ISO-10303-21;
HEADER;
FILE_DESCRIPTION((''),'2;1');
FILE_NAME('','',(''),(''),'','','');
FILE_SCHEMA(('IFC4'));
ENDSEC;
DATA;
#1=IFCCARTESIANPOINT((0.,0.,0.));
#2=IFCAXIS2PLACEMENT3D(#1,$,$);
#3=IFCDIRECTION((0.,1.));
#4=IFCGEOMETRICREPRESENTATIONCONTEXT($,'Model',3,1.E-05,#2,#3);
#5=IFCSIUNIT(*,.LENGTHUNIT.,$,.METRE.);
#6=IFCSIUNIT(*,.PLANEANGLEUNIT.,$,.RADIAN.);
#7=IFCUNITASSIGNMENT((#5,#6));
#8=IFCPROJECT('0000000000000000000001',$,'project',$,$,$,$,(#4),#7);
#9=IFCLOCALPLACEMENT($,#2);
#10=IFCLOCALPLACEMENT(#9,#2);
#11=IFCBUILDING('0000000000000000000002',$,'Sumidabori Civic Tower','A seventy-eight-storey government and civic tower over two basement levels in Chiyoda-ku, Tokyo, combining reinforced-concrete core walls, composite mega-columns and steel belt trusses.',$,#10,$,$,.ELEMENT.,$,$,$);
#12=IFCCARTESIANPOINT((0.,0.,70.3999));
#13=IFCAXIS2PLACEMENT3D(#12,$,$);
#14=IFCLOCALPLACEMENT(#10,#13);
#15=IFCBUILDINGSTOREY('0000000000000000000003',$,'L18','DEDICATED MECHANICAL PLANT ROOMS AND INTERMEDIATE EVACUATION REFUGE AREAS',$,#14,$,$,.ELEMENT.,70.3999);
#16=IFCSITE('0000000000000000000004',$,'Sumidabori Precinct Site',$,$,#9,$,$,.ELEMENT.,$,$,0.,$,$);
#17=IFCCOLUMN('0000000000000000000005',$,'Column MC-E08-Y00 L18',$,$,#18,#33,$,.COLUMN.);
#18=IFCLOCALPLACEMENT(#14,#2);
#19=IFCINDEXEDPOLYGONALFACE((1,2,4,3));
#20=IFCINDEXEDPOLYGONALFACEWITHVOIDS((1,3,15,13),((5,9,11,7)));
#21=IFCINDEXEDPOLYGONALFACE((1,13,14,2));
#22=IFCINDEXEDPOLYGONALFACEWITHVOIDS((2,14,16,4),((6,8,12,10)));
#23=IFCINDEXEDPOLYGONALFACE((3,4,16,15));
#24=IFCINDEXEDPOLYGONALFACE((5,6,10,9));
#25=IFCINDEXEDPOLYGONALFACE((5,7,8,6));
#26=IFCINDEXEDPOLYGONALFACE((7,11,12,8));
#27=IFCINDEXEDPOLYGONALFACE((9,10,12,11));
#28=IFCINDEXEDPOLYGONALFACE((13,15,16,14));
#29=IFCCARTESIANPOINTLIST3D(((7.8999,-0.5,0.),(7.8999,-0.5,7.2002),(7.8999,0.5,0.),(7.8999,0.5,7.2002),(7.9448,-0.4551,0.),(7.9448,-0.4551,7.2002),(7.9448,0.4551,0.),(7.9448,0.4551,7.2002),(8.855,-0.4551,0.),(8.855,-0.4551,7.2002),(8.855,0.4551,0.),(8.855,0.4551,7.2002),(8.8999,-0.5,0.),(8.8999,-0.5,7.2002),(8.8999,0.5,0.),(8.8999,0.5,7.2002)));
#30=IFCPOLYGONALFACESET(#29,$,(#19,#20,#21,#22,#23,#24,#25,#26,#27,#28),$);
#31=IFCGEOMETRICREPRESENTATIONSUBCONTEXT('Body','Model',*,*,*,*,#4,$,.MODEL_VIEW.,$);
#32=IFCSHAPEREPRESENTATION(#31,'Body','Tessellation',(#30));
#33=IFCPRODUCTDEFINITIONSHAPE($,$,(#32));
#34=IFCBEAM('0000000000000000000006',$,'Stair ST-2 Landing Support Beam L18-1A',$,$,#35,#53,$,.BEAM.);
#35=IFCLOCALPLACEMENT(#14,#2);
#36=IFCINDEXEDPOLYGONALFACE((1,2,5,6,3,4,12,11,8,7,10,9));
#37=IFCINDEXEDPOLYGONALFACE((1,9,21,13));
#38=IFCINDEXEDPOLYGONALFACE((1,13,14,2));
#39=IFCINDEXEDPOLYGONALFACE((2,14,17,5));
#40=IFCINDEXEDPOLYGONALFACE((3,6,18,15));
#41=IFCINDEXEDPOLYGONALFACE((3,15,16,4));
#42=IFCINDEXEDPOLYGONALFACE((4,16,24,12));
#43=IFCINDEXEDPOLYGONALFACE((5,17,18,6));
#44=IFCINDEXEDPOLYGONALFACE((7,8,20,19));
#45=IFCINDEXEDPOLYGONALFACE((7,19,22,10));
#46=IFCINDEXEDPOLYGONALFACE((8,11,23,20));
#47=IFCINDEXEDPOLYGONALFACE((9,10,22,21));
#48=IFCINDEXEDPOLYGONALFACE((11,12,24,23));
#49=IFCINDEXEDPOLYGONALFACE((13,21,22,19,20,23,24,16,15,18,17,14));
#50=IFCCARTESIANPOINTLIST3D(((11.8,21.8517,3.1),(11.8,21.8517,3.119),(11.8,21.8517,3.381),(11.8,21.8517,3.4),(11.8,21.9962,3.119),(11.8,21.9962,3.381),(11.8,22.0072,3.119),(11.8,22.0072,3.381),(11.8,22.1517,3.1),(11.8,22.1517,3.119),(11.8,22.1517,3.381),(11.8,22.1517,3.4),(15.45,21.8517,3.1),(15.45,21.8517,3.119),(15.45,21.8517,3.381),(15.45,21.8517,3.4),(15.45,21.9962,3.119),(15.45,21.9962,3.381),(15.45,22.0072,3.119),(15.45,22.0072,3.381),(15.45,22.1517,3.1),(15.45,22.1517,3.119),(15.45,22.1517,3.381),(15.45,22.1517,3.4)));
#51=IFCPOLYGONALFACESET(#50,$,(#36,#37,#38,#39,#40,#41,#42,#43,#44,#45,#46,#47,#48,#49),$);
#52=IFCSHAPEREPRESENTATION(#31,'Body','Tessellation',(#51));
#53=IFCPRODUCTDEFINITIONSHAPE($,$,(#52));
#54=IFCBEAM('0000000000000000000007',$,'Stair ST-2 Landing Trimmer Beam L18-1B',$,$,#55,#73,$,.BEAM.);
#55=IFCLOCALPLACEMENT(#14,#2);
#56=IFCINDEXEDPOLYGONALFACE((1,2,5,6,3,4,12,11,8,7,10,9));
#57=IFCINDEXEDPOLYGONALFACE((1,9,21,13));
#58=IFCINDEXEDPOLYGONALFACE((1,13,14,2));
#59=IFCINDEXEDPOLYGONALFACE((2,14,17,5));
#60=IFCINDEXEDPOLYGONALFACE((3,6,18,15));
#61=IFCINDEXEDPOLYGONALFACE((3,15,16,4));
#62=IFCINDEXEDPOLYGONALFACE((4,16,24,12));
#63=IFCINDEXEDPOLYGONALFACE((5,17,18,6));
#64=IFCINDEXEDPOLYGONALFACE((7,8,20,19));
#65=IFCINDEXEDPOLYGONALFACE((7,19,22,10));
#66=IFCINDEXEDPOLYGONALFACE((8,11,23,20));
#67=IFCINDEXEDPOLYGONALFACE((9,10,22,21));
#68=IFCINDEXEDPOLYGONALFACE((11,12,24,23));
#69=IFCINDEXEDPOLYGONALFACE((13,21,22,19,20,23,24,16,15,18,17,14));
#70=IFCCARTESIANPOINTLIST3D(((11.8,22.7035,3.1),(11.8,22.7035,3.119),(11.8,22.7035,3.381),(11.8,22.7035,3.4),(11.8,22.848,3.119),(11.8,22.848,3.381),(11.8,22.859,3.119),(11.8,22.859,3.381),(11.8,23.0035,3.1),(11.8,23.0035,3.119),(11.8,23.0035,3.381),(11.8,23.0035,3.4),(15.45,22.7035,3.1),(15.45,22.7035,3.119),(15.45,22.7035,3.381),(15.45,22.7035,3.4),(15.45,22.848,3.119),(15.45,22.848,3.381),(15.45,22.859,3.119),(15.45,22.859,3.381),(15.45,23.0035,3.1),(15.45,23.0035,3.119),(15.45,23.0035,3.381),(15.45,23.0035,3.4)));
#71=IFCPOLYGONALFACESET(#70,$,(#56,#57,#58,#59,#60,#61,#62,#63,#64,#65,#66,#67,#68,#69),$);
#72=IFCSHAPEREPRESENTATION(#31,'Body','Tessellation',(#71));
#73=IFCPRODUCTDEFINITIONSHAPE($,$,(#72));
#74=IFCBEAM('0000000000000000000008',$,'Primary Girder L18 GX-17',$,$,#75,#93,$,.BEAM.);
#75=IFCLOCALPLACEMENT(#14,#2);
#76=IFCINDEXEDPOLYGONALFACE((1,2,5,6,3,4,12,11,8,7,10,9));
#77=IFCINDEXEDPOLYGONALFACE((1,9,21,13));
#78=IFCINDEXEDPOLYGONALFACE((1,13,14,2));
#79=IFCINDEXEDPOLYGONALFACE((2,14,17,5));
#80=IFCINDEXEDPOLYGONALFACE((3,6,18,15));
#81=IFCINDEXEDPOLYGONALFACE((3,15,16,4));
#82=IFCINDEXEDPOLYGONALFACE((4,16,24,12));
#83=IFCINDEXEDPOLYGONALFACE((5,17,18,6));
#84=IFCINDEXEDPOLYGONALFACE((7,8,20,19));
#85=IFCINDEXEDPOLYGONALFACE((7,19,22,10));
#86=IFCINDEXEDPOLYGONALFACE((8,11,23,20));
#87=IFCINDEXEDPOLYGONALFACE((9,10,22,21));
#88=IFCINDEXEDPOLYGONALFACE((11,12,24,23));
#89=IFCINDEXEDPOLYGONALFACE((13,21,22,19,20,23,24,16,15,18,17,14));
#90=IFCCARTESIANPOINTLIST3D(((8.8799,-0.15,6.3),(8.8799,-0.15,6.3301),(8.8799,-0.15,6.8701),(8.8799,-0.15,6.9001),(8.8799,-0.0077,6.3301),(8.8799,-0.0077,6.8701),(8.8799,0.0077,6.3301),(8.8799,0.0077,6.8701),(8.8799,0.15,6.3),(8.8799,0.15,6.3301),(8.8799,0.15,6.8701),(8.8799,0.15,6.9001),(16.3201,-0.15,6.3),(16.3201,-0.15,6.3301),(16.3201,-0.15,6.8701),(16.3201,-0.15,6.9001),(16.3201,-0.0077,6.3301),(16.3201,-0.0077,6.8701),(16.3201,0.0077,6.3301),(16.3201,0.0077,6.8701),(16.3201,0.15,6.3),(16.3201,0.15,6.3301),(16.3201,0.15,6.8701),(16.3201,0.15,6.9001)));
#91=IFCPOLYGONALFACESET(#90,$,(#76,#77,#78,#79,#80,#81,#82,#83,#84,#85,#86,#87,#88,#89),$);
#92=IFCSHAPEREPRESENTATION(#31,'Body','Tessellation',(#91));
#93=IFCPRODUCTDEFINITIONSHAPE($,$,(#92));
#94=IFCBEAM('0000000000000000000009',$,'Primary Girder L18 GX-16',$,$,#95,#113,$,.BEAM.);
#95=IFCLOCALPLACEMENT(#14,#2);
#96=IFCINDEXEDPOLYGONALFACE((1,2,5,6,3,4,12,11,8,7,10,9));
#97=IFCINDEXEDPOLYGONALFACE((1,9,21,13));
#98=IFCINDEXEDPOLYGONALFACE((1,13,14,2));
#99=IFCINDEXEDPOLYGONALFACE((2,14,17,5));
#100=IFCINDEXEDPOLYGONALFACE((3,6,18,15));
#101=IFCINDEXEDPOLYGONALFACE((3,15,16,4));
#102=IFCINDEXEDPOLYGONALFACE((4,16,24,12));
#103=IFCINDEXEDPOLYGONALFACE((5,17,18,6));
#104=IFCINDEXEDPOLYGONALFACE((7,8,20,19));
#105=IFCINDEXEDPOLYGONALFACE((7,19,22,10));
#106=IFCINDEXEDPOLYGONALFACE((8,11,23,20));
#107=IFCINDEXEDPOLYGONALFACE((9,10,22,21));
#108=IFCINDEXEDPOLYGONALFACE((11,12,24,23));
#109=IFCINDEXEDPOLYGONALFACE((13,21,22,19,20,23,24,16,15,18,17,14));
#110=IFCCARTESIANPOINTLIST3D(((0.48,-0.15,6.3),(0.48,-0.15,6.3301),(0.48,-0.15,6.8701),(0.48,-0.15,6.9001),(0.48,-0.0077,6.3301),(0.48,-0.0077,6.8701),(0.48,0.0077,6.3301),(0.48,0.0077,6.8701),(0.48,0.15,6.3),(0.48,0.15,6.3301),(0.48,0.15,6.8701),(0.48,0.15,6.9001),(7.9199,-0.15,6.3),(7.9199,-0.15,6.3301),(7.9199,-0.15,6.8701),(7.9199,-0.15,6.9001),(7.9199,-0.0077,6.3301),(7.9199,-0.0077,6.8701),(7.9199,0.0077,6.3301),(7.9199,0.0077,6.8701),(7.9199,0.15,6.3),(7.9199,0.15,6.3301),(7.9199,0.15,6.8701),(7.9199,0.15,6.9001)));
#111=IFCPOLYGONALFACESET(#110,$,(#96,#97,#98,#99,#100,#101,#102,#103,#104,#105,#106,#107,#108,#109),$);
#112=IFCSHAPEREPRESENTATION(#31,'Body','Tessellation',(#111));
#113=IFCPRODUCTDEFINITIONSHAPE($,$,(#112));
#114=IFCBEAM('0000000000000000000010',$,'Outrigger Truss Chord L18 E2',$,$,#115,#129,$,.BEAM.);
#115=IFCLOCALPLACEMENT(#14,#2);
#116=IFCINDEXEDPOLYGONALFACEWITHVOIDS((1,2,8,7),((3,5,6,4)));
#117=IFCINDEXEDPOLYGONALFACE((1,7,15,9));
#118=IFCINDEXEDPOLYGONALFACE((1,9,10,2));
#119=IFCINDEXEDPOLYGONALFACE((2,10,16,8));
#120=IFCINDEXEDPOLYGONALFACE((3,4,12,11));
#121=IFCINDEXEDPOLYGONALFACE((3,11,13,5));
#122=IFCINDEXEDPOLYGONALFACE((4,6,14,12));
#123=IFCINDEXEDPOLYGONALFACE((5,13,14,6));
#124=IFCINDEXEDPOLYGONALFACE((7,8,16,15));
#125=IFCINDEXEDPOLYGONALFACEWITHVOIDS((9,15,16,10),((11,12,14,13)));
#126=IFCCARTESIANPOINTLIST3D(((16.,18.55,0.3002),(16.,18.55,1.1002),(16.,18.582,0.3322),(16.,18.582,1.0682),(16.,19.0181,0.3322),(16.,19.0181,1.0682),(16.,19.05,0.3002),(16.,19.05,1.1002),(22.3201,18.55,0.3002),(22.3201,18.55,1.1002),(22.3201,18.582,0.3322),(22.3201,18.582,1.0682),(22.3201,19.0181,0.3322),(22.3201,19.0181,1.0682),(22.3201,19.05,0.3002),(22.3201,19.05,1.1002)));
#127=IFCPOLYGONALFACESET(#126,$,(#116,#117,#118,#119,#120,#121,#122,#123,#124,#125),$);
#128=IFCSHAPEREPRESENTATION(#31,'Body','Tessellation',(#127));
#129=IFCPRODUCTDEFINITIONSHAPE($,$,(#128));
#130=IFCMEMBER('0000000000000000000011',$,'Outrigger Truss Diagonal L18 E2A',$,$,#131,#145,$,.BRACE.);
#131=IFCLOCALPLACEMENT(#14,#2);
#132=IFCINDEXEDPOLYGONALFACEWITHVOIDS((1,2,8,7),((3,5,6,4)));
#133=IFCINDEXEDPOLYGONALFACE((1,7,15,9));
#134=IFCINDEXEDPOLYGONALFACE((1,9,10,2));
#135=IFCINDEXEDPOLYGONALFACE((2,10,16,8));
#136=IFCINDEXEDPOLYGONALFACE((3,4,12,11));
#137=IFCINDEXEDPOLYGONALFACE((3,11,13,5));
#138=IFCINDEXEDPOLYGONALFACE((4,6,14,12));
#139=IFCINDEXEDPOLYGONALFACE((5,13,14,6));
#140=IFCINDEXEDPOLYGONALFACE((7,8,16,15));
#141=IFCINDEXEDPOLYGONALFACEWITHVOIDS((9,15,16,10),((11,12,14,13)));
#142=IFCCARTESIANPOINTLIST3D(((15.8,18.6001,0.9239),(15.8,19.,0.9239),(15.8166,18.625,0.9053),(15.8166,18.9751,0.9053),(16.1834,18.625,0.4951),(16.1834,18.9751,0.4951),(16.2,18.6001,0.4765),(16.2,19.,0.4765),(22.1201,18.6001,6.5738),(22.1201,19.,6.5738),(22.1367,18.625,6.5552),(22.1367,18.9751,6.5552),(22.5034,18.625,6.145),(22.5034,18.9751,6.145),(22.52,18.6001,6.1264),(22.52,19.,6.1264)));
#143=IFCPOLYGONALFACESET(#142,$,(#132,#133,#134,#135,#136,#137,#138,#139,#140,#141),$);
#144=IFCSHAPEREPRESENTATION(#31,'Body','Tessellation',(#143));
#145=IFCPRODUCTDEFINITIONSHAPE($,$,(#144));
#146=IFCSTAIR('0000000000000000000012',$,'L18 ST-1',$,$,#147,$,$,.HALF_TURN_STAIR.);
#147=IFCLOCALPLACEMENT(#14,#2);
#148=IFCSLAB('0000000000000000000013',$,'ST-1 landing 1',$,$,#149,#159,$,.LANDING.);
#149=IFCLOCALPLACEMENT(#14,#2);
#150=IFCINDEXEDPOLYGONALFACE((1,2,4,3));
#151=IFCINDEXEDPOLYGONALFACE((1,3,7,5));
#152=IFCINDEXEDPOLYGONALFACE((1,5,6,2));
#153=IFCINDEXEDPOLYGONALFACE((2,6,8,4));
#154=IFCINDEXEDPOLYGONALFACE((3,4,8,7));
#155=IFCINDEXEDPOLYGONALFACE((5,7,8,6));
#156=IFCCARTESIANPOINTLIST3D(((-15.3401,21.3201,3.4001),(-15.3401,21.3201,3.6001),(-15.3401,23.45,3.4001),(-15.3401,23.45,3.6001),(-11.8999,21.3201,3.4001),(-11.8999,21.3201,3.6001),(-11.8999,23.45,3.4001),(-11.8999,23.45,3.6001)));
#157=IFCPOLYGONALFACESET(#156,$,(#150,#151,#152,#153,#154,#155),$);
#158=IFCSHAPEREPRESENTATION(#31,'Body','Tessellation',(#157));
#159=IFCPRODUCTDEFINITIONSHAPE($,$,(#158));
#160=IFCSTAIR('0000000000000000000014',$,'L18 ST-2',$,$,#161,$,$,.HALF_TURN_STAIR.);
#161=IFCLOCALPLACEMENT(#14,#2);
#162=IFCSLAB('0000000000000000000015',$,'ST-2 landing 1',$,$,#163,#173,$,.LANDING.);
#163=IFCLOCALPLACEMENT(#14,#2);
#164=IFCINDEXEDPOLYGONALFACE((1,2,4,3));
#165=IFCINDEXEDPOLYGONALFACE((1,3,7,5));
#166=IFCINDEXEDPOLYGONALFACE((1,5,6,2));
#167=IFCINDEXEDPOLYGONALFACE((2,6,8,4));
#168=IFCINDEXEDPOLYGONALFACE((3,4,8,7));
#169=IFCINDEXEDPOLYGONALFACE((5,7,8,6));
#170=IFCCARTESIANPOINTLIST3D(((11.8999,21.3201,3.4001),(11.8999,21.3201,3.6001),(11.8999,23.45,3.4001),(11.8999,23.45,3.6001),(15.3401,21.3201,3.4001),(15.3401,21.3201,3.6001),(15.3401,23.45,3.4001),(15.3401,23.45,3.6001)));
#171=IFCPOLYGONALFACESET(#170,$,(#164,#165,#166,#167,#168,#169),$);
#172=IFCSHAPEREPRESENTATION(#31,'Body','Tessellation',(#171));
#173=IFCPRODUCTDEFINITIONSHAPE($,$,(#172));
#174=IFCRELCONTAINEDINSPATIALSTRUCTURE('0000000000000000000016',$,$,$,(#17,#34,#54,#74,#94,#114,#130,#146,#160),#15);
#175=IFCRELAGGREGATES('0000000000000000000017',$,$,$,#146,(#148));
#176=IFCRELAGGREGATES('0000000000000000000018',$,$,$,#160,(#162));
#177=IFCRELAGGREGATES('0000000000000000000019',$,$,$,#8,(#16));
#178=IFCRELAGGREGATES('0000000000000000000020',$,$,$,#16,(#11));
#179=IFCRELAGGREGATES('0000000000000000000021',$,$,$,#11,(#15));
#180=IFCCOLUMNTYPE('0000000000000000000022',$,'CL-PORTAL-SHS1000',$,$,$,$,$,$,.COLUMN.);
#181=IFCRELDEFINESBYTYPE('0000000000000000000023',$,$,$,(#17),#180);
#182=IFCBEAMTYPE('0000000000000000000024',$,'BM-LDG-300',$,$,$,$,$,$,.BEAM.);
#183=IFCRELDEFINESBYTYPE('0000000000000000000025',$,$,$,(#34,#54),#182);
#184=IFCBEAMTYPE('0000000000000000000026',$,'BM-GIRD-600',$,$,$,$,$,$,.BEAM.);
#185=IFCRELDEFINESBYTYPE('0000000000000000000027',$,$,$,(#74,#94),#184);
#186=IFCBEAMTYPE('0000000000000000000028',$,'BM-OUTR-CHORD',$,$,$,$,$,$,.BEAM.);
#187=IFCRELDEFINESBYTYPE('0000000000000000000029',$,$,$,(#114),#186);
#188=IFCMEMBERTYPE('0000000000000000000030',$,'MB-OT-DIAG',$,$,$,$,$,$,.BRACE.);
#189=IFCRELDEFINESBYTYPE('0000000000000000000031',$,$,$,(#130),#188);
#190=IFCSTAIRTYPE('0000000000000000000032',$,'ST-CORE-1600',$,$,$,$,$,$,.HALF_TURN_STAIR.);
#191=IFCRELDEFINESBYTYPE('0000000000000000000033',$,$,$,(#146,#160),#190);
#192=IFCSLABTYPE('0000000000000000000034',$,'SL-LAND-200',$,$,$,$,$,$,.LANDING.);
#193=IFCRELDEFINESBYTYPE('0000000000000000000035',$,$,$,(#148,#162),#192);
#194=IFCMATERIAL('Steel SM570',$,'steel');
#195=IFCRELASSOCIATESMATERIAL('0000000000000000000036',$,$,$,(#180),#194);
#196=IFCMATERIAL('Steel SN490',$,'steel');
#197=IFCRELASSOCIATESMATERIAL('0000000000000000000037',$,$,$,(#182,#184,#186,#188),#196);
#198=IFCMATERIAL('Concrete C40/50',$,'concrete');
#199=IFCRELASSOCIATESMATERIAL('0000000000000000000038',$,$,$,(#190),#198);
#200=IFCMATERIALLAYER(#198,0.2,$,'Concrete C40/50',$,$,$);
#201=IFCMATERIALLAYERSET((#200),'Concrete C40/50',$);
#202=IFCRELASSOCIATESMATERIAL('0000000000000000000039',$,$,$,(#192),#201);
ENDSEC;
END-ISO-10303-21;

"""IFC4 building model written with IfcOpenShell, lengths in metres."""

from ifc_helpers import new_model, si_unit, direction, frame, origin, origin_2d, place, context, subcontext, project, spatial, polyline, hollow_rectangle, i_section, outline, extrude, source, transform, mapped, material, layer, layer_set, material_profile, profile_set, type_object, element, aggregate, save


model = new_model("IFC4")

# Units and contexts
model_context = context("Model", 3, precision=1e-05, world=origin(), true_north=direction((0.0, 1.0)))
body_context = subcontext(model_context, "Body", "Model", "MODEL_VIEW")
ifc_project = project(units=[si_unit("LENGTHUNIT", "METRE"), si_unit("PLANEANGLEUNIT", "RADIAN")], contexts=[model_context])

# Site, building, storey
site_placement = place(None, origin())
site = spatial("IfcSite", under=ifc_project, at=site_placement, Name="Sumidabori Precinct Site", CompositionType="ELEMENT", RefElevation=0.0)
building_placement = place(site_placement, origin())
building = spatial("IfcBuilding", under=site, at=building_placement, Name="Sumidabori Civic Tower", Description="A seventy-eight-storey government and civic tower over two basement levels in Chiyoda-ku, Tokyo, combining reinforced-concrete core walls, composite mega-columns and steel belt trusses.", CompositionType="ELEMENT")
storey_placement = place(building_placement, frame((0.0, 0.0, 70.3999)))
storey = spatial("IfcBuildingStorey", under=building, at=storey_placement, Name="L18", Description="DEDICATED MECHANICAL PLANT ROOMS AND INTERMEDIATE EVACUATION REFUGE AREAS", CompositionType="ELEMENT", Elevation=70.3999)

# Column
ifc_material_1 = material(Name="Steel SM570", Category="steel")
ifc_material_profile_1 = material_profile(ifc_material_1, hollow_rectangle(XDim=1.0, YDim=1.0, WallThickness=0.0449, at=origin_2d()), Name="SHS 1000x1000x45")
ifc_profile_set_1 = profile_set([ifc_material_profile_1], Name="Steel SM570")
column_type = type_object("IfcColumnType", Name="CL-PORTAL-SHS1000", PredefinedType="COLUMN", material=ifc_profile_set_1)
shared_shape_1 = source(origin(), body_context, "Body", "SweptSolid", [
    extrude(hollow_rectangle(XDim=1.0, YDim=1.0, WallThickness=0.0449, at=origin_2d()), origin(), (0.0, 0.0, 1.0), 7.2002),
])
column_placement = place(storey_placement, frame((8.3999, 0.0, 0.0), z_axis=(0.0, 0.0, 1.0), x_axis=(1.0, 0.0, 0.0)))
element("IfcColumn", 1, at=column_placement, inside=storey, type_object=column_type, Name="Column MC-E08-Y00 L18", PredefinedType="COLUMN", context=body_context, shape_type="MappedRepresentation", body=[
    mapped(shared_shape_1, transform((0.0, 0.0, 0.0), x_axis=(1.0, 0.0, 0.0), y_axis=(0.0, 1.0, 0.0), z_axis=(0.0, 0.0, 1.0), scale=1.0)),
])

# Beams
ifc_material_2 = material(Name="Steel SN490", Category="steel")
ifc_material_profile_2 = material_profile(ifc_material_2, i_section(OverallWidth=0.3, OverallDepth=0.3, WebThickness=0.011, FlangeThickness=0.019, at=origin_2d()), Name="HE 300 B")
ifc_profile_set_2 = profile_set([ifc_material_profile_2], Name="Steel SN490")
beam_type_1 = type_object("IfcBeamType", Name="BM-LDG-300", PredefinedType="BEAM", material=ifc_profile_set_2)
shared_shape_2 = source(origin(), body_context, "Body", "SweptSolid", [
    extrude(i_section(OverallWidth=0.3, OverallDepth=0.3, WebThickness=0.011, FlangeThickness=0.019, at=origin_2d()), origin(), (0.0, 0.0, 1.0), 3.6499),
])
for number, where, z_axis, x_axis, name in (
    (2, (11.8, 22.0017, 3.25), (1.0, 0.0, 0.0), (0.0, 1.0, 0.0), "Stair ST-2 Landing Support Beam L18-1A"),
    (3, (11.8, 22.8535, 3.25), (1.0, 0.0, 0.0), (0.0, 1.0, 0.0), "Stair ST-2 Landing Trimmer Beam L18-1B"),
):
    element("IfcBeam", number, at=place(storey_placement, frame(where, z_axis=z_axis, x_axis=x_axis)), inside=storey, type_object=beam_type_1, Name=name, PredefinedType="BEAM", context=body_context, shape_type="MappedRepresentation", body=[
        mapped(shared_shape_2, transform((0.0, 0.0, 0.0), x_axis=(1.0, 0.0, 0.0), y_axis=(0.0, 1.0, 0.0), z_axis=(0.0, 0.0, 1.0), scale=1.0)),
    ])
ifc_material_profile_3 = material_profile(ifc_material_2, i_section(OverallWidth=0.3, OverallDepth=0.6001, WebThickness=0.0154, FlangeThickness=0.03, at=origin_2d()), Name="HE 600 B")
ifc_profile_set_3 = profile_set([ifc_material_profile_3], Name="Steel SN490")
beam_type_2 = type_object("IfcBeamType", Name="BM-GIRD-600", PredefinedType="BEAM", material=ifc_profile_set_3)
shared_shape_3 = source(origin(), body_context, "Body", "SweptSolid", [
    extrude(i_section(OverallWidth=0.3, OverallDepth=0.6001, WebThickness=0.0154, FlangeThickness=0.03, at=origin_2d()), origin(), (0.0, 0.0, 1.0), 7.4402),
])
beam_1_placement = place(storey_placement, frame((8.8799, 0.0, 6.6001), z_axis=(1.0, 0.0, 0.0), x_axis=(0.0, 1.0, 0.0)))
element("IfcBeam", 4, at=beam_1_placement, inside=storey, type_object=beam_type_2, Name="Primary Girder L18 GX-17", PredefinedType="BEAM", context=body_context, shape_type="MappedRepresentation", body=[
    mapped(shared_shape_3, transform((0.0, 0.0, 0.0), x_axis=(1.0, 0.0, 0.0), y_axis=(0.0, 1.0, 0.0), z_axis=(0.0, 0.0, 1.0), scale=1.0)),
])
shared_shape_4 = source(origin(), body_context, "Body", "SweptSolid", [
    extrude(i_section(OverallWidth=0.3, OverallDepth=0.6001, WebThickness=0.0154, FlangeThickness=0.03, at=origin_2d()), origin(), (0.0, 0.0, 1.0), 7.4399),
])
beam_2_placement = place(storey_placement, frame((0.48, 0.0, 6.6001), z_axis=(1.0, 0.0, 0.0), x_axis=(0.0, 1.0, 0.0)))
element("IfcBeam", 5, at=beam_2_placement, inside=storey, type_object=beam_type_2, Name="Primary Girder L18 GX-16", PredefinedType="BEAM", context=body_context, shape_type="MappedRepresentation", body=[
    mapped(shared_shape_4, transform((0.0, 0.0, 0.0), x_axis=(1.0, 0.0, 0.0), y_axis=(0.0, 1.0, 0.0), z_axis=(0.0, 0.0, 1.0), scale=1.0)),
])
ifc_material_profile_4 = material_profile(ifc_material_2, hollow_rectangle(XDim=0.5, YDim=0.8, WallThickness=0.032, at=origin_2d()), Name="RHS 800x500x32")
ifc_profile_set_4 = profile_set([ifc_material_profile_4], Name="Steel SN490")
beam_type_3 = type_object("IfcBeamType", Name="BM-OUTR-CHORD", PredefinedType="BEAM", material=ifc_profile_set_4)
shared_shape_5 = source(origin(), body_context, "Body", "SweptSolid", [
    extrude(hollow_rectangle(XDim=0.5, YDim=0.8, WallThickness=0.032, at=origin_2d()), origin(), (0.0, 0.0, 1.0), 6.3201),
])
beam_3_placement = place(storey_placement, frame((16.0, 18.8, 0.7002), z_axis=(1.0, 0.0, 0.0), x_axis=(0.0, 1.0, 0.0)))
element("IfcBeam", 6, at=beam_3_placement, inside=storey, type_object=beam_type_3, Name="Outrigger Truss Chord L18 E2", PredefinedType="BEAM", context=body_context, shape_type="MappedRepresentation", body=[
    mapped(shared_shape_5, transform((0.0, 0.0, 0.0), x_axis=(1.0, 0.0, 0.0), y_axis=(0.0, 1.0, 0.0), z_axis=(0.0, 0.0, 1.0), scale=1.0)),
])

# Member
ifc_material_profile_5 = material_profile(ifc_material_2, hollow_rectangle(XDim=0.3999, YDim=0.6001, WallThickness=0.0249, at=origin_2d()), Name="RHS 600x400x25")
ifc_profile_set_5 = profile_set([ifc_material_profile_5], Name="Steel SN490")
member_type = type_object("IfcMemberType", Name="MB-OT-DIAG", PredefinedType="BRACE", material=ifc_profile_set_5)
shared_shape_6 = source(origin(), body_context, "Body", "SweptSolid", [
    extrude(hollow_rectangle(XDim=0.3999, YDim=0.6001, WallThickness=0.0249, at=origin_2d()), origin(), (0.0, 0.0, 1.0), 8.4773),
])
member_placement = place(storey_placement, frame((16.0, 18.8, 0.7002), z_axis=(0.745528, 0.0, 0.666474), x_axis=(0.0, 1.0, 0.0)))
element("IfcMember", 7, at=member_placement, inside=storey, type_object=member_type, Name="Outrigger Truss Diagonal L18 E2A", PredefinedType="BRACE", context=body_context, shape_type="MappedRepresentation", body=[
    mapped(shared_shape_6, transform((0.0, 0.0, 0.0), x_axis=(1.0, 0.0, 0.0), y_axis=(0.0, 1.0, 0.0), z_axis=(0.0, 0.0, 1.0), scale=1.0)),
])

# Stairs, slabs
ifc_material_3 = material(Name="Concrete C40/50", Category="concrete")
stair_type = type_object("IfcStairType", Name="ST-CORE-1600", PredefinedType="HALF_TURN_STAIR", material=ifc_material_3)
stair_1_placement = place(storey_placement, origin())
stair_1 = element("IfcStair", 8, at=stair_1_placement, inside=storey, type_object=stair_type, Name="L18 ST-1", PredefinedType="HALF_TURN_STAIR")
ifc_layer_1 = layer(ifc_material_3, 0.2, Name="Concrete C40/50")
ifc_layer_set_1 = layer_set([ifc_layer_1], Name="Concrete C40/50")
slab_type = type_object("IfcSlabType", Name="SL-LAND-200", PredefinedType="LANDING", material=ifc_layer_set_1)
slab_1_placement = place(storey_placement, frame((0.0, 0.0, 3.4001)))
slab_1 = element("IfcSlab", 9, at=slab_1_placement, type_object=slab_type, Name="ST-1 landing 1", PredefinedType="LANDING", context=body_context, shape_type="SweptSolid", body=[
    extrude(outline(polyline([(-11.8999, 21.3201), (-11.8999, 23.45), (-15.3401, 23.45), (-15.3401, 21.3201), (-11.8999, 21.3201)])), origin(), (0.0, 0.0, 1.0), 0.2),
])
aggregate(stair_1, [slab_1])
stair_2_placement = place(storey_placement, origin())
stair_2 = element("IfcStair", 10, at=stair_2_placement, inside=storey, type_object=stair_type, Name="L18 ST-2", PredefinedType="HALF_TURN_STAIR")
slab_2_placement = place(storey_placement, frame((0.0, 0.0, 3.4001)))
slab_2 = element("IfcSlab", 11, at=slab_2_placement, type_object=slab_type, Name="ST-2 landing 1", PredefinedType="LANDING", context=body_context, shape_type="SweptSolid", body=[
    extrude(outline(polyline([(15.3401, 21.3201), (15.3401, 23.45), (11.8999, 23.45), (11.8999, 21.3201), (15.3401, 21.3201)])), origin(), (0.0, 0.0, 1.0), 0.2),
])

aggregate(stair_2, [slab_2])

save(model, "model.ifc")
